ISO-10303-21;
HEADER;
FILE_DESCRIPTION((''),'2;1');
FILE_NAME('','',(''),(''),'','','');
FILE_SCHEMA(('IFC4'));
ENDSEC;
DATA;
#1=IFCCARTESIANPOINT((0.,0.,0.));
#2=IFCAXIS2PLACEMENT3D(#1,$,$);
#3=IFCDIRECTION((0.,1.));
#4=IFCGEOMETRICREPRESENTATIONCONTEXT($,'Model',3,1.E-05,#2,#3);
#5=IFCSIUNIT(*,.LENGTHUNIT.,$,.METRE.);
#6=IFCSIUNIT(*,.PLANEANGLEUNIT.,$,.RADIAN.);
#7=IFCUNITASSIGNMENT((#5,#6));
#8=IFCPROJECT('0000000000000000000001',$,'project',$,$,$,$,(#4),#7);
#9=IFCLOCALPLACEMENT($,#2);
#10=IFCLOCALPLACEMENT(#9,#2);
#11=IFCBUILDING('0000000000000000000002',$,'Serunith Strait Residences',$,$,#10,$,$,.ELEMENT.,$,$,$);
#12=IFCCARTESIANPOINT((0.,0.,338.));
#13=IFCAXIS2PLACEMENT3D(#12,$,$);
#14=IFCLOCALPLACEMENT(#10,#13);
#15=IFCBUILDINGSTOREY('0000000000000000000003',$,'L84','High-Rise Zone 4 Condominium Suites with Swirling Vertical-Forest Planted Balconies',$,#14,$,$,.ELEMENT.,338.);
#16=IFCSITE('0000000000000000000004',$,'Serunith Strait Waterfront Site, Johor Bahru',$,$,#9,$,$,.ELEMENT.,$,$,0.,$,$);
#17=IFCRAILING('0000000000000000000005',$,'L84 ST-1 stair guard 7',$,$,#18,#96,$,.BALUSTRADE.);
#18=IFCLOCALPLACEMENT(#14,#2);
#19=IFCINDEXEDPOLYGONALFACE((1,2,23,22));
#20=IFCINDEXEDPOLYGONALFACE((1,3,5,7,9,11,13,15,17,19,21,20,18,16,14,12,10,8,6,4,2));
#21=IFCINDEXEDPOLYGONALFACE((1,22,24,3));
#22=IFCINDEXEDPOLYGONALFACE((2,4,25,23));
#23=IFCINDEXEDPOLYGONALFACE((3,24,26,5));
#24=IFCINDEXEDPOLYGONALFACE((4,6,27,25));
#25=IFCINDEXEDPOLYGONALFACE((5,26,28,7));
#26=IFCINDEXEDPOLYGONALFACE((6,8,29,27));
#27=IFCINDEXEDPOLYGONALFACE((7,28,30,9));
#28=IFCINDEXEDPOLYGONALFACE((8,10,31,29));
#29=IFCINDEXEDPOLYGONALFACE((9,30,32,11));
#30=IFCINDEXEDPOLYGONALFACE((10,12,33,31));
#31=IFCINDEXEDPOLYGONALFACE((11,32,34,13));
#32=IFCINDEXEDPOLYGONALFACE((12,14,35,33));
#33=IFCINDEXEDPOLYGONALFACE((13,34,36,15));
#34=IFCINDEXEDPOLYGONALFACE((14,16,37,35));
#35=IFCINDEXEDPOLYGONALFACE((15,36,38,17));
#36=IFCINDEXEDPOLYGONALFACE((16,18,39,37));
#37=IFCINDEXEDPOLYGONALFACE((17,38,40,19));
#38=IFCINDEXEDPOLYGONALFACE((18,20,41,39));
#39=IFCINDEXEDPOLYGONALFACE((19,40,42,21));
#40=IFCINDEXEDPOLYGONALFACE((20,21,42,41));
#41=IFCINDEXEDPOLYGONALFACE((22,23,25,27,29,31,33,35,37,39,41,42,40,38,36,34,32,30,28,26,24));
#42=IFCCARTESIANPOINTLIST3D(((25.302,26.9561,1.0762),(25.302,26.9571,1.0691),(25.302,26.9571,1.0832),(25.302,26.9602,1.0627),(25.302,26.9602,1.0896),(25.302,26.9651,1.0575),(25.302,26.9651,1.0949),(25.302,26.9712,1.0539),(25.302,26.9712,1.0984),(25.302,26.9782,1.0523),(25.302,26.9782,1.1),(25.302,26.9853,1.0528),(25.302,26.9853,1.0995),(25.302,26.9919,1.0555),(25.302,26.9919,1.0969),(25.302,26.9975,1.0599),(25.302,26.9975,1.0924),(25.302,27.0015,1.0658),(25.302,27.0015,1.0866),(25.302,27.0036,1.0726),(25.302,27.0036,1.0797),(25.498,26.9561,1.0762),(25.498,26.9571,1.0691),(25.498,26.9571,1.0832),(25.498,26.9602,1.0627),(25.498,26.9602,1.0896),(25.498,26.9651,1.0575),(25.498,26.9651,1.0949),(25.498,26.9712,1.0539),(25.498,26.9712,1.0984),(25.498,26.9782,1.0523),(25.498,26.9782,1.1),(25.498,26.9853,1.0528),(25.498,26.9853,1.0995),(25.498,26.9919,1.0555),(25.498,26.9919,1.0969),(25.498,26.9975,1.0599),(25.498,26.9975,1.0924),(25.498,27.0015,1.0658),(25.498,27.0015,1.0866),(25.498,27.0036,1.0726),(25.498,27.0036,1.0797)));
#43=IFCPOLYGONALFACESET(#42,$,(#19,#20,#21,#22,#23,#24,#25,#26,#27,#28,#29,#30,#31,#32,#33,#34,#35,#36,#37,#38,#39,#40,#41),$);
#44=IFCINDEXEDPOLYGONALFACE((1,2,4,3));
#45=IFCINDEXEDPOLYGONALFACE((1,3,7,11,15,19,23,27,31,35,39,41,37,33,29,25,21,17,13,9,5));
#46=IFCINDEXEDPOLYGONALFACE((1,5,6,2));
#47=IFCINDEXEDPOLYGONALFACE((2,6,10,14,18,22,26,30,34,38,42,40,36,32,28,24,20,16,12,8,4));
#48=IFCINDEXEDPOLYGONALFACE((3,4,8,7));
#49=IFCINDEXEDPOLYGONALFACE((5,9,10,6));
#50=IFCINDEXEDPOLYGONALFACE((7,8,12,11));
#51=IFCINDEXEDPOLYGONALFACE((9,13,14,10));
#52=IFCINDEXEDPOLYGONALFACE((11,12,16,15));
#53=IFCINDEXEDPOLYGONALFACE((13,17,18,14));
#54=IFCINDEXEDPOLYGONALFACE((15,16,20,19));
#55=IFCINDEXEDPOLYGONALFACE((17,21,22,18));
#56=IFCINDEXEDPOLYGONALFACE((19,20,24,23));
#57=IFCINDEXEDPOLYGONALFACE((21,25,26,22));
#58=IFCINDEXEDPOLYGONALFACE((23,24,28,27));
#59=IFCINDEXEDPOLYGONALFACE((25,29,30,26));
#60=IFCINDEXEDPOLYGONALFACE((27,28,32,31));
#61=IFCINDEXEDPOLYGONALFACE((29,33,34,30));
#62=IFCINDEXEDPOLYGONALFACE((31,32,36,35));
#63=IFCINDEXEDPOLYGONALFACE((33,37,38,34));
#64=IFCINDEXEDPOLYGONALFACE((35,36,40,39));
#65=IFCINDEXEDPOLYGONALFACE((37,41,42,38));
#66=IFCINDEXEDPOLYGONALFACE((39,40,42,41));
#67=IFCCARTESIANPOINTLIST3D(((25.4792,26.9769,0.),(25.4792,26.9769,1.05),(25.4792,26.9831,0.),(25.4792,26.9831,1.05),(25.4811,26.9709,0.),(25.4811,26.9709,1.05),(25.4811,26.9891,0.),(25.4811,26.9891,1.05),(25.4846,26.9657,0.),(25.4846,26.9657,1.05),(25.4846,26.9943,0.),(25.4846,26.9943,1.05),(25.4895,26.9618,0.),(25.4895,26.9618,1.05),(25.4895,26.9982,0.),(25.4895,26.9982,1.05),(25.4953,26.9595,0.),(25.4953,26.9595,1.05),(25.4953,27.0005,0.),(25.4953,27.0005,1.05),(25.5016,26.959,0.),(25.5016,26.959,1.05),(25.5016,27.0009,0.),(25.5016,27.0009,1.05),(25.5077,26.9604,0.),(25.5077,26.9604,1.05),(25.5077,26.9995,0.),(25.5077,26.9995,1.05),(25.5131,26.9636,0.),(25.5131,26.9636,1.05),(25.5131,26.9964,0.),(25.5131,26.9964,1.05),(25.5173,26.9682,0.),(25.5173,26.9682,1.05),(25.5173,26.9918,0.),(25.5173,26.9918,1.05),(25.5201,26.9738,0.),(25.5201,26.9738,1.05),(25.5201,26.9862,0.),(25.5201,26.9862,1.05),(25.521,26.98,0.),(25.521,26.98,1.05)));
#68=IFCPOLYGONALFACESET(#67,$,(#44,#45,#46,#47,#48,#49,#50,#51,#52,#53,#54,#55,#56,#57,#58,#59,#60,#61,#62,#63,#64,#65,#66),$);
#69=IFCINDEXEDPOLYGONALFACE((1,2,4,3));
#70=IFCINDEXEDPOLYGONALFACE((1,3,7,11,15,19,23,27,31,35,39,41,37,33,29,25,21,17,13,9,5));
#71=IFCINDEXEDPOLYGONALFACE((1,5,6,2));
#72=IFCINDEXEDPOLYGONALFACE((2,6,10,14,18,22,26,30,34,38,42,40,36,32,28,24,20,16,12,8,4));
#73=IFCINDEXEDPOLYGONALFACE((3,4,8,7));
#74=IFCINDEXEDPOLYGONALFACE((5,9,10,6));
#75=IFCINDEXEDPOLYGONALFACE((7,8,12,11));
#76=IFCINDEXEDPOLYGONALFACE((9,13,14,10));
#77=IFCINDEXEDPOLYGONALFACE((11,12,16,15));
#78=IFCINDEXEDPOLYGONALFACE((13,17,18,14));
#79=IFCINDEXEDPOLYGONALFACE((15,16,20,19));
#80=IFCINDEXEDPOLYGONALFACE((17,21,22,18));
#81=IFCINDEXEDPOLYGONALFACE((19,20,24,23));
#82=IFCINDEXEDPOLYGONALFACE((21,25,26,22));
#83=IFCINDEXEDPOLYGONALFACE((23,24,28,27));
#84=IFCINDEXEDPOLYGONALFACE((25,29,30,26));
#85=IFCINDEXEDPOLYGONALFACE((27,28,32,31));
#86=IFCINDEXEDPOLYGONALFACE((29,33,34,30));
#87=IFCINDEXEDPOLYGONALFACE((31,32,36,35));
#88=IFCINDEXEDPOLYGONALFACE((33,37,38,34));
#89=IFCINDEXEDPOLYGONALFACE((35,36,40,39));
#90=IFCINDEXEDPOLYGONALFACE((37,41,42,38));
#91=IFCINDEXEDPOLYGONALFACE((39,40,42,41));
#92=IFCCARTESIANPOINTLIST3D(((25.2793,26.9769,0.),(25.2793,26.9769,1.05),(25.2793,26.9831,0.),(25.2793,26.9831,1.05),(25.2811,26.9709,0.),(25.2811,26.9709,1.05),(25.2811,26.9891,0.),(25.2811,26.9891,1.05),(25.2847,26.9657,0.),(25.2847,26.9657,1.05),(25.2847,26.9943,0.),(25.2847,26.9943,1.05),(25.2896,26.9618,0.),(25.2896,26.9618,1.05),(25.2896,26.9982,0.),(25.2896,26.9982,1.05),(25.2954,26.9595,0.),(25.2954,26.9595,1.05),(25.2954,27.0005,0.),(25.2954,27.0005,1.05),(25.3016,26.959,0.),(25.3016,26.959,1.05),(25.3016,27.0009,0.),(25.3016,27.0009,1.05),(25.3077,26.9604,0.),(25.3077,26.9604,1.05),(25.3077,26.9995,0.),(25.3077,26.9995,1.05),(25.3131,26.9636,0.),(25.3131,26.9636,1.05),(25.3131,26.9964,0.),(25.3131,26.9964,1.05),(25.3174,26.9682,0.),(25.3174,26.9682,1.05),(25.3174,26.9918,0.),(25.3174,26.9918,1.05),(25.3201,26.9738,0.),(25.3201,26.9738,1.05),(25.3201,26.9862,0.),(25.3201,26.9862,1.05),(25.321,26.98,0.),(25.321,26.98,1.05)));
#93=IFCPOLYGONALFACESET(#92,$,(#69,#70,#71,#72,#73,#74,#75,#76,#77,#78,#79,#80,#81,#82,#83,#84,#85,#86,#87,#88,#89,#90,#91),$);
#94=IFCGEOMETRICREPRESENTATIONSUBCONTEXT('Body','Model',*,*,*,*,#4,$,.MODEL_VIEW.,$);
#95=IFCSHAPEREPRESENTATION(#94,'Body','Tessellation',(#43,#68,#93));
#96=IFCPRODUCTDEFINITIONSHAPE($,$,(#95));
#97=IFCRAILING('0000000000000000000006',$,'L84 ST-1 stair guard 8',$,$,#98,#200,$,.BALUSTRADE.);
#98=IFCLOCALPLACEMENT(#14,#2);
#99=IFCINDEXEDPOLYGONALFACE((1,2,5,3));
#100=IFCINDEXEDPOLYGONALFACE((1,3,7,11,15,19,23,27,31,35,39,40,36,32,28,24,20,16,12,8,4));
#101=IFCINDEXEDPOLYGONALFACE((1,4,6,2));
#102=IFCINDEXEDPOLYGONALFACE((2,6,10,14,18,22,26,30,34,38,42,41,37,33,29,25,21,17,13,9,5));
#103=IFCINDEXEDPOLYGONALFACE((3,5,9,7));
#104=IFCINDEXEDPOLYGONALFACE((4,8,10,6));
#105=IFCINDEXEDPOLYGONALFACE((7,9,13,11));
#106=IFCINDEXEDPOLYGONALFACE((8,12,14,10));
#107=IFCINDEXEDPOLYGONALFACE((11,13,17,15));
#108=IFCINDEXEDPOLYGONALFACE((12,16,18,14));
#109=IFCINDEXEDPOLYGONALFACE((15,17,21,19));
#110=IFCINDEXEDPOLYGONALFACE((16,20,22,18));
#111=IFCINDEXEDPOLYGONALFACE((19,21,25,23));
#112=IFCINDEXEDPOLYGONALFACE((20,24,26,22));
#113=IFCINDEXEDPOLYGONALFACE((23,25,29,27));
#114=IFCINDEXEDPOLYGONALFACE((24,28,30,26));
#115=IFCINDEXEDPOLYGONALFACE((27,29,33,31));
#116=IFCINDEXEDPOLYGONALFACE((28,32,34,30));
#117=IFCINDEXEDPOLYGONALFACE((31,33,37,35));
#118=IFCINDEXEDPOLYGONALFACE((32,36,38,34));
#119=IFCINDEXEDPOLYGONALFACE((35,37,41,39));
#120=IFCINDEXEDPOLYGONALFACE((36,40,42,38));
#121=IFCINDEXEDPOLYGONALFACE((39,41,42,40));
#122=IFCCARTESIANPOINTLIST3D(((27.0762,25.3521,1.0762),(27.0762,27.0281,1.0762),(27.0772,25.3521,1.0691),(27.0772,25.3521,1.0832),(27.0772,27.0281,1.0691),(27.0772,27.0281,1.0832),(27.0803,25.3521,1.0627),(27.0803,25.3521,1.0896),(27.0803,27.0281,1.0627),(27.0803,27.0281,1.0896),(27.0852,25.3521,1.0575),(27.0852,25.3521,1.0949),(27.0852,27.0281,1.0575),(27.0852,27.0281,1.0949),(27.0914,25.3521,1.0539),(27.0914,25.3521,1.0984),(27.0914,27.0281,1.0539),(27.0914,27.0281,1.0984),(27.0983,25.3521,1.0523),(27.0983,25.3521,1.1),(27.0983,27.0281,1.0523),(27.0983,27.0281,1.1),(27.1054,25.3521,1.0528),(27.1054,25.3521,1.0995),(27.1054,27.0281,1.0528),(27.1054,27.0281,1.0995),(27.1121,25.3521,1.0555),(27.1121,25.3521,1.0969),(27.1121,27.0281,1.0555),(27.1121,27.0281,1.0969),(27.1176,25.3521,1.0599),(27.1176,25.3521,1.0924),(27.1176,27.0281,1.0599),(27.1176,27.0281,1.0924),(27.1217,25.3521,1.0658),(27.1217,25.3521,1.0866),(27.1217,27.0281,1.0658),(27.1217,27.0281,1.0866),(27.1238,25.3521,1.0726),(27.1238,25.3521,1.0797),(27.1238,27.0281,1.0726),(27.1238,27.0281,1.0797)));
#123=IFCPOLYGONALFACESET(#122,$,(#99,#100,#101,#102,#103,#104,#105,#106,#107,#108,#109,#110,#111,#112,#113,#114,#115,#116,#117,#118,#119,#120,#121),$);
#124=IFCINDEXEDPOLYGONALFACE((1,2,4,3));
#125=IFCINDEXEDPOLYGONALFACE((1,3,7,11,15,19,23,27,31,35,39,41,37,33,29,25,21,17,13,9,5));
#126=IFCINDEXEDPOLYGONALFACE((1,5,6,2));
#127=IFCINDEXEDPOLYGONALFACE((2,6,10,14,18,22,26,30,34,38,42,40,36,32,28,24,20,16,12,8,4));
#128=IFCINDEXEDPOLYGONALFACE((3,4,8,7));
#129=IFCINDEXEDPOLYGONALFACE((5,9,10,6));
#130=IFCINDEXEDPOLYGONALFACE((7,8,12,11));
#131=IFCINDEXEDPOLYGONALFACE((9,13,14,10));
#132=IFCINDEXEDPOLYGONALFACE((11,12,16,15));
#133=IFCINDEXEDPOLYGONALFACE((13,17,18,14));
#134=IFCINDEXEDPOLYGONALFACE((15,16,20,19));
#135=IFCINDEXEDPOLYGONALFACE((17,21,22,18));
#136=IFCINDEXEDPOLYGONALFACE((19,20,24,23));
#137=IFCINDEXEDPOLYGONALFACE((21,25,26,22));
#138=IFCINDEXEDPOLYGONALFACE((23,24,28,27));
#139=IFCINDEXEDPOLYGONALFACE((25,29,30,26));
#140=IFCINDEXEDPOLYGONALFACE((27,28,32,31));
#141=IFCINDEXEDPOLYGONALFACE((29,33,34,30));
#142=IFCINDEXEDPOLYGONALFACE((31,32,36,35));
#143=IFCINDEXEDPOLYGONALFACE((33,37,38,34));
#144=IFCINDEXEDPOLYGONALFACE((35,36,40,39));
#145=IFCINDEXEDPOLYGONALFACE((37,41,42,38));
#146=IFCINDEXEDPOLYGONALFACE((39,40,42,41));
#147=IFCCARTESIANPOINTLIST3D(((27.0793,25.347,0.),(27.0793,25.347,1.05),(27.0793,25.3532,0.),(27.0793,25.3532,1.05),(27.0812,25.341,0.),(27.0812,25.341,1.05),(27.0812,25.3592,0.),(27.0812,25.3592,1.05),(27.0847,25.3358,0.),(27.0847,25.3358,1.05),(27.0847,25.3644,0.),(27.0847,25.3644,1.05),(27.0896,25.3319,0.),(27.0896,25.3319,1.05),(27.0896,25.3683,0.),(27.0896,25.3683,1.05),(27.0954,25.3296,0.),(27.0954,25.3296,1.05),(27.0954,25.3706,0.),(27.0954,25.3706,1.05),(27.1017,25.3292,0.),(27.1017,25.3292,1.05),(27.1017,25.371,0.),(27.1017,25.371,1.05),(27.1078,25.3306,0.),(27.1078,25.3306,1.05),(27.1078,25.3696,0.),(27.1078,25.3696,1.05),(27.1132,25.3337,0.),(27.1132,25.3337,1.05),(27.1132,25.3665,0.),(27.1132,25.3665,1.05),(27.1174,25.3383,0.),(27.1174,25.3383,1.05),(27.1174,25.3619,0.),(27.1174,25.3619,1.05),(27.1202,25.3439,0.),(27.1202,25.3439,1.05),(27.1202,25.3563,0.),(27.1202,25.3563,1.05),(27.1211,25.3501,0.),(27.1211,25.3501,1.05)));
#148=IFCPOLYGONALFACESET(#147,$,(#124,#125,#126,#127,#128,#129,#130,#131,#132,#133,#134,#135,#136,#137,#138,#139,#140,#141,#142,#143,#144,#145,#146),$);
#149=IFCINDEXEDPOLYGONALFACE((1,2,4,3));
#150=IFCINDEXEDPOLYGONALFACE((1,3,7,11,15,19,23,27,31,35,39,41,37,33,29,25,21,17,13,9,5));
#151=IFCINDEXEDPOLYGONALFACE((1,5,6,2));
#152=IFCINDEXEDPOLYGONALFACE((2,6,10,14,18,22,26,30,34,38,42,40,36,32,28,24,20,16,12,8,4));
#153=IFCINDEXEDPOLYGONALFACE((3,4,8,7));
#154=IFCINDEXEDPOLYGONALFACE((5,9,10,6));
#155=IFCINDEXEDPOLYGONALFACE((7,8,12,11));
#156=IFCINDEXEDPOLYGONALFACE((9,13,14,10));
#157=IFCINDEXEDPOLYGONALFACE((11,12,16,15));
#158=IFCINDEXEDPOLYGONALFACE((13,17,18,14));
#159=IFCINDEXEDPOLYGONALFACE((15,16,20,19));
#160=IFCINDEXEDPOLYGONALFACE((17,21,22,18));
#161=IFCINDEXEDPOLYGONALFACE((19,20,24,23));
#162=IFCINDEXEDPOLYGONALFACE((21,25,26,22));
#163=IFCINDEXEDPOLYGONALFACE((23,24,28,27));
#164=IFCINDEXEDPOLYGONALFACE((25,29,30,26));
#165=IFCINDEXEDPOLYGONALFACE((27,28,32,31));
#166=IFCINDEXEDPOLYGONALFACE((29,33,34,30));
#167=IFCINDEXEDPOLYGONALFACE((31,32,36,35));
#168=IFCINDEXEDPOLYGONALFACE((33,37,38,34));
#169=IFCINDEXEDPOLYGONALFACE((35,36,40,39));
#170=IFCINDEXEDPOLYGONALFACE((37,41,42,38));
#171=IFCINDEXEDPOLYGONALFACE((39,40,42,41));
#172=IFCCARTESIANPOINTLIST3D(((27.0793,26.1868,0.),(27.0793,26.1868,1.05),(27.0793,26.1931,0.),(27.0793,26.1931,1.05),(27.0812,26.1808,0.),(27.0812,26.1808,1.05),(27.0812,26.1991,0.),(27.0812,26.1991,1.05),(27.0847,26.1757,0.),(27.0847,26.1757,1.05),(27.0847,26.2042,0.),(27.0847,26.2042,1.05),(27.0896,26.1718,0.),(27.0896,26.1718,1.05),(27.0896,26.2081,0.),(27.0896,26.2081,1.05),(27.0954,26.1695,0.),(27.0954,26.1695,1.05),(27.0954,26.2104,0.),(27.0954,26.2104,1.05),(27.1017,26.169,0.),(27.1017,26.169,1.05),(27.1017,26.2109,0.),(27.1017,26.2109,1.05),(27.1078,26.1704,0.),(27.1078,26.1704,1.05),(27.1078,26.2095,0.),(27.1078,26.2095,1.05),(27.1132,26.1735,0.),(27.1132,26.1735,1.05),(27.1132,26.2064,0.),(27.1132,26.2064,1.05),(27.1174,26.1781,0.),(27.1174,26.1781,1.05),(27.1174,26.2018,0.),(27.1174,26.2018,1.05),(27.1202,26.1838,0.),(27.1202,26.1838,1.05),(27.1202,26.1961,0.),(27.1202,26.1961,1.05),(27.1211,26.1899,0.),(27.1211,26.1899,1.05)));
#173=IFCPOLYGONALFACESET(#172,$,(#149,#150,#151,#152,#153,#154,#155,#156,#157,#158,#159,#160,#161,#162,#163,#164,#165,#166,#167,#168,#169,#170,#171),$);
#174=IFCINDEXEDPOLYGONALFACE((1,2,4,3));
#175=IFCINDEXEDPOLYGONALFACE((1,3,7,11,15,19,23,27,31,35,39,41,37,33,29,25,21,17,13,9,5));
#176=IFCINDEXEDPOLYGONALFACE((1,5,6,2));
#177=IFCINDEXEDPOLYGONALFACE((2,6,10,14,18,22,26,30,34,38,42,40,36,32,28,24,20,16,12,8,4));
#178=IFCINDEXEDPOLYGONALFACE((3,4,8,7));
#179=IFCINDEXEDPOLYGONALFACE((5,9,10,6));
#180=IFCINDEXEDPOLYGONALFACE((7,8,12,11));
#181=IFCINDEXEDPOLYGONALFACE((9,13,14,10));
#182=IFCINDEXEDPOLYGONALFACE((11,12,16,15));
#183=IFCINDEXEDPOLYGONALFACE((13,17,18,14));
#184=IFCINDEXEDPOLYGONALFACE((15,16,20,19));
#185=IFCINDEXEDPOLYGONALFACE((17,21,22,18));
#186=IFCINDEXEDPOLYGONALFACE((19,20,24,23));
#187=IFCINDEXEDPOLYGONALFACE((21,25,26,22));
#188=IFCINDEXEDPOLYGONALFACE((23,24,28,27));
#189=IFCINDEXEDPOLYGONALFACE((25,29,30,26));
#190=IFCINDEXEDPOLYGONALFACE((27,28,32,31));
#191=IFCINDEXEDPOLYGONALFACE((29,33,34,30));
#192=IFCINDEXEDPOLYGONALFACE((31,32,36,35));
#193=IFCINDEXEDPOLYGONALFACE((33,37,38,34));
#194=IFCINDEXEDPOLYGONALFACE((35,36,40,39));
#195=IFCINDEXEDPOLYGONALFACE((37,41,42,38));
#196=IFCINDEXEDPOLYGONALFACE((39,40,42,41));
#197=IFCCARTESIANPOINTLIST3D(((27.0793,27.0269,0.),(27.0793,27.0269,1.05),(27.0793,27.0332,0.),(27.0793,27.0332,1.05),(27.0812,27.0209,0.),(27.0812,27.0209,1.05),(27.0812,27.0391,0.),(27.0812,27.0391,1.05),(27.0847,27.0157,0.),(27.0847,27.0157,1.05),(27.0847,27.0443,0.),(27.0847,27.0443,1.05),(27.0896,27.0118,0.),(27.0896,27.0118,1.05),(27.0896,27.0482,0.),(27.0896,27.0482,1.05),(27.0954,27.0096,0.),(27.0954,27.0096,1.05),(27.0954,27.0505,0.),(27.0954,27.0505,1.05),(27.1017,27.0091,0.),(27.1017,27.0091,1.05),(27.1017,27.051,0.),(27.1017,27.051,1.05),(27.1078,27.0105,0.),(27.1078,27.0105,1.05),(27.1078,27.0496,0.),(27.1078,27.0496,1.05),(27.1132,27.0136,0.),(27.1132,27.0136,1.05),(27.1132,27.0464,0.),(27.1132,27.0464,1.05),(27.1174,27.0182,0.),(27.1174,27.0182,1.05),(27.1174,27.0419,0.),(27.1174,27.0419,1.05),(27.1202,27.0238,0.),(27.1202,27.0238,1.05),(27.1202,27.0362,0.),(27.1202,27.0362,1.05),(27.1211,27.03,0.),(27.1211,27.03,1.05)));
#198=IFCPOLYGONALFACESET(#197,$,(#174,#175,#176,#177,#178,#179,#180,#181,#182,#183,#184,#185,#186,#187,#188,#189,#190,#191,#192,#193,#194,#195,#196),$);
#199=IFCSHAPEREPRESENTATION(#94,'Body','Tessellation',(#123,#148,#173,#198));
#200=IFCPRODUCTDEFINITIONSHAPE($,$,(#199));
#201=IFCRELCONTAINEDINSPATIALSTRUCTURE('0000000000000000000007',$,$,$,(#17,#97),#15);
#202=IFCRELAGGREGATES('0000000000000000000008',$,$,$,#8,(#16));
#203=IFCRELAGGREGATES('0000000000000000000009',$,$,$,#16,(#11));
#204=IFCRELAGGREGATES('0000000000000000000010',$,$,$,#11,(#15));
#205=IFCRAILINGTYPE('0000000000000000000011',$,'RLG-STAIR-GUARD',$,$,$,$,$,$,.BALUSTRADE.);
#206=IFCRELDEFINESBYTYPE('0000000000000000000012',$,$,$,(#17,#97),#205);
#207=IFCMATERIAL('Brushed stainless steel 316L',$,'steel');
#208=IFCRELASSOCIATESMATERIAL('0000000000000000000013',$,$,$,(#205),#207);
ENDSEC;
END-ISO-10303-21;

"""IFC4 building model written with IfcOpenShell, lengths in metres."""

from ifc_helpers import new_model, si_unit, direction, frame, origin, origin_2d, place, context, subcontext, project, spatial, circle, extrude, material, type_object, element, save


model = new_model("IFC4")

# Units and contexts
model_context = context("Model", 3, precision=1e-05, world=origin(), true_north=direction((0.0, 1.0)))
body_context = subcontext(model_context, "Body", "Model", "MODEL_VIEW")
ifc_project = project(units=[si_unit("LENGTHUNIT", "METRE"), si_unit("PLANEANGLEUNIT", "RADIAN")], contexts=[model_context])

# Site, building, storey
site_placement = place(None, origin())
site = spatial("IfcSite", under=ifc_project, at=site_placement, Name="Serunith Strait Waterfront Site, Johor Bahru", CompositionType="ELEMENT", RefElevation=0.0)
building_placement = place(site_placement, origin())
building = spatial("IfcBuilding", under=site, at=building_placement, Name="Serunith Strait Residences", CompositionType="ELEMENT")
storey_placement = place(building_placement, frame((0.0, 0.0, 338.0)))
storey = spatial("IfcBuildingStorey", under=building, at=storey_placement, Name="L84", Description="High-Rise Zone 4 Condominium Suites with Swirling Vertical-Forest Planted Balconies", CompositionType="ELEMENT", Elevation=338.0)

# Railings
ifc_material_1 = material(Name="Brushed stainless steel 316L", Category="steel")
railing_type_1 = type_object("IfcRailingType", Name="RLG-STAIR-GUARD", PredefinedType="BALUSTRADE", material=ifc_material_1)
railing_1_placement = place(storey_placement, frame((25.5, 26.98, 0.0)))
element("IfcRailing", 1, at=railing_1_placement, inside=storey, type_object=railing_type_1, Name="L84 ST-1 stair guard 7", PredefinedType="BALUSTRADE", context=body_context, shape_type="SweptSolid", body=[
    extrude(circle(Radius=0.0239, at=origin_2d()), frame((-0.002, 0.0, 1.0762), z_axis=(-1.0, 0.0, 0.0), x_axis=(0.0, -1.0, 0.0)), (0.0, 0.0, 1.0), 0.196),
    extrude(circle(Radius=0.021, at=origin_2d()), origin(), (0.0, 0.0, 1.0), 1.05),
    extrude(circle(Radius=0.021, at=origin_2d()), frame((-0.2, 0.0, 0.0)), (0.0, 0.0, 1.0), 1.05),
])
for number, where, name in (
    (2, (27.1001, 25.3501, 0.0), "L84 ST-1 stair guard 8"),
):
    element("IfcRailing", number, at=place(storey_placement, frame(where)), inside=storey, type_object=railing_type_1, Name=name, PredefinedType="BALUSTRADE", context=body_context, shape_type="SweptSolid", body=[
        extrude(circle(Radius=0.0239, at=origin_2d()), frame((0.0, 0.002, 1.0762), z_axis=(0.0, 1.0, 0.0), x_axis=(-1.0, 0.0, 0.0)), (0.0, 0.0, 1.0), 1.676),
        extrude(circle(Radius=0.021, at=origin_2d()), origin(), (0.0, 0.0, 1.0), 1.05),
        extrude(circle(Radius=0.021, at=origin_2d()), frame((0.0, 0.8398, 0.0)), (0.0, 0.0, 1.0), 1.05),
        extrude(circle(Radius=0.021, at=origin_2d()), frame((0.0, 1.6799, 0.0)), (0.0, 0.0, 1.0), 1.05),
    ])

save(model, "model.ifc")
